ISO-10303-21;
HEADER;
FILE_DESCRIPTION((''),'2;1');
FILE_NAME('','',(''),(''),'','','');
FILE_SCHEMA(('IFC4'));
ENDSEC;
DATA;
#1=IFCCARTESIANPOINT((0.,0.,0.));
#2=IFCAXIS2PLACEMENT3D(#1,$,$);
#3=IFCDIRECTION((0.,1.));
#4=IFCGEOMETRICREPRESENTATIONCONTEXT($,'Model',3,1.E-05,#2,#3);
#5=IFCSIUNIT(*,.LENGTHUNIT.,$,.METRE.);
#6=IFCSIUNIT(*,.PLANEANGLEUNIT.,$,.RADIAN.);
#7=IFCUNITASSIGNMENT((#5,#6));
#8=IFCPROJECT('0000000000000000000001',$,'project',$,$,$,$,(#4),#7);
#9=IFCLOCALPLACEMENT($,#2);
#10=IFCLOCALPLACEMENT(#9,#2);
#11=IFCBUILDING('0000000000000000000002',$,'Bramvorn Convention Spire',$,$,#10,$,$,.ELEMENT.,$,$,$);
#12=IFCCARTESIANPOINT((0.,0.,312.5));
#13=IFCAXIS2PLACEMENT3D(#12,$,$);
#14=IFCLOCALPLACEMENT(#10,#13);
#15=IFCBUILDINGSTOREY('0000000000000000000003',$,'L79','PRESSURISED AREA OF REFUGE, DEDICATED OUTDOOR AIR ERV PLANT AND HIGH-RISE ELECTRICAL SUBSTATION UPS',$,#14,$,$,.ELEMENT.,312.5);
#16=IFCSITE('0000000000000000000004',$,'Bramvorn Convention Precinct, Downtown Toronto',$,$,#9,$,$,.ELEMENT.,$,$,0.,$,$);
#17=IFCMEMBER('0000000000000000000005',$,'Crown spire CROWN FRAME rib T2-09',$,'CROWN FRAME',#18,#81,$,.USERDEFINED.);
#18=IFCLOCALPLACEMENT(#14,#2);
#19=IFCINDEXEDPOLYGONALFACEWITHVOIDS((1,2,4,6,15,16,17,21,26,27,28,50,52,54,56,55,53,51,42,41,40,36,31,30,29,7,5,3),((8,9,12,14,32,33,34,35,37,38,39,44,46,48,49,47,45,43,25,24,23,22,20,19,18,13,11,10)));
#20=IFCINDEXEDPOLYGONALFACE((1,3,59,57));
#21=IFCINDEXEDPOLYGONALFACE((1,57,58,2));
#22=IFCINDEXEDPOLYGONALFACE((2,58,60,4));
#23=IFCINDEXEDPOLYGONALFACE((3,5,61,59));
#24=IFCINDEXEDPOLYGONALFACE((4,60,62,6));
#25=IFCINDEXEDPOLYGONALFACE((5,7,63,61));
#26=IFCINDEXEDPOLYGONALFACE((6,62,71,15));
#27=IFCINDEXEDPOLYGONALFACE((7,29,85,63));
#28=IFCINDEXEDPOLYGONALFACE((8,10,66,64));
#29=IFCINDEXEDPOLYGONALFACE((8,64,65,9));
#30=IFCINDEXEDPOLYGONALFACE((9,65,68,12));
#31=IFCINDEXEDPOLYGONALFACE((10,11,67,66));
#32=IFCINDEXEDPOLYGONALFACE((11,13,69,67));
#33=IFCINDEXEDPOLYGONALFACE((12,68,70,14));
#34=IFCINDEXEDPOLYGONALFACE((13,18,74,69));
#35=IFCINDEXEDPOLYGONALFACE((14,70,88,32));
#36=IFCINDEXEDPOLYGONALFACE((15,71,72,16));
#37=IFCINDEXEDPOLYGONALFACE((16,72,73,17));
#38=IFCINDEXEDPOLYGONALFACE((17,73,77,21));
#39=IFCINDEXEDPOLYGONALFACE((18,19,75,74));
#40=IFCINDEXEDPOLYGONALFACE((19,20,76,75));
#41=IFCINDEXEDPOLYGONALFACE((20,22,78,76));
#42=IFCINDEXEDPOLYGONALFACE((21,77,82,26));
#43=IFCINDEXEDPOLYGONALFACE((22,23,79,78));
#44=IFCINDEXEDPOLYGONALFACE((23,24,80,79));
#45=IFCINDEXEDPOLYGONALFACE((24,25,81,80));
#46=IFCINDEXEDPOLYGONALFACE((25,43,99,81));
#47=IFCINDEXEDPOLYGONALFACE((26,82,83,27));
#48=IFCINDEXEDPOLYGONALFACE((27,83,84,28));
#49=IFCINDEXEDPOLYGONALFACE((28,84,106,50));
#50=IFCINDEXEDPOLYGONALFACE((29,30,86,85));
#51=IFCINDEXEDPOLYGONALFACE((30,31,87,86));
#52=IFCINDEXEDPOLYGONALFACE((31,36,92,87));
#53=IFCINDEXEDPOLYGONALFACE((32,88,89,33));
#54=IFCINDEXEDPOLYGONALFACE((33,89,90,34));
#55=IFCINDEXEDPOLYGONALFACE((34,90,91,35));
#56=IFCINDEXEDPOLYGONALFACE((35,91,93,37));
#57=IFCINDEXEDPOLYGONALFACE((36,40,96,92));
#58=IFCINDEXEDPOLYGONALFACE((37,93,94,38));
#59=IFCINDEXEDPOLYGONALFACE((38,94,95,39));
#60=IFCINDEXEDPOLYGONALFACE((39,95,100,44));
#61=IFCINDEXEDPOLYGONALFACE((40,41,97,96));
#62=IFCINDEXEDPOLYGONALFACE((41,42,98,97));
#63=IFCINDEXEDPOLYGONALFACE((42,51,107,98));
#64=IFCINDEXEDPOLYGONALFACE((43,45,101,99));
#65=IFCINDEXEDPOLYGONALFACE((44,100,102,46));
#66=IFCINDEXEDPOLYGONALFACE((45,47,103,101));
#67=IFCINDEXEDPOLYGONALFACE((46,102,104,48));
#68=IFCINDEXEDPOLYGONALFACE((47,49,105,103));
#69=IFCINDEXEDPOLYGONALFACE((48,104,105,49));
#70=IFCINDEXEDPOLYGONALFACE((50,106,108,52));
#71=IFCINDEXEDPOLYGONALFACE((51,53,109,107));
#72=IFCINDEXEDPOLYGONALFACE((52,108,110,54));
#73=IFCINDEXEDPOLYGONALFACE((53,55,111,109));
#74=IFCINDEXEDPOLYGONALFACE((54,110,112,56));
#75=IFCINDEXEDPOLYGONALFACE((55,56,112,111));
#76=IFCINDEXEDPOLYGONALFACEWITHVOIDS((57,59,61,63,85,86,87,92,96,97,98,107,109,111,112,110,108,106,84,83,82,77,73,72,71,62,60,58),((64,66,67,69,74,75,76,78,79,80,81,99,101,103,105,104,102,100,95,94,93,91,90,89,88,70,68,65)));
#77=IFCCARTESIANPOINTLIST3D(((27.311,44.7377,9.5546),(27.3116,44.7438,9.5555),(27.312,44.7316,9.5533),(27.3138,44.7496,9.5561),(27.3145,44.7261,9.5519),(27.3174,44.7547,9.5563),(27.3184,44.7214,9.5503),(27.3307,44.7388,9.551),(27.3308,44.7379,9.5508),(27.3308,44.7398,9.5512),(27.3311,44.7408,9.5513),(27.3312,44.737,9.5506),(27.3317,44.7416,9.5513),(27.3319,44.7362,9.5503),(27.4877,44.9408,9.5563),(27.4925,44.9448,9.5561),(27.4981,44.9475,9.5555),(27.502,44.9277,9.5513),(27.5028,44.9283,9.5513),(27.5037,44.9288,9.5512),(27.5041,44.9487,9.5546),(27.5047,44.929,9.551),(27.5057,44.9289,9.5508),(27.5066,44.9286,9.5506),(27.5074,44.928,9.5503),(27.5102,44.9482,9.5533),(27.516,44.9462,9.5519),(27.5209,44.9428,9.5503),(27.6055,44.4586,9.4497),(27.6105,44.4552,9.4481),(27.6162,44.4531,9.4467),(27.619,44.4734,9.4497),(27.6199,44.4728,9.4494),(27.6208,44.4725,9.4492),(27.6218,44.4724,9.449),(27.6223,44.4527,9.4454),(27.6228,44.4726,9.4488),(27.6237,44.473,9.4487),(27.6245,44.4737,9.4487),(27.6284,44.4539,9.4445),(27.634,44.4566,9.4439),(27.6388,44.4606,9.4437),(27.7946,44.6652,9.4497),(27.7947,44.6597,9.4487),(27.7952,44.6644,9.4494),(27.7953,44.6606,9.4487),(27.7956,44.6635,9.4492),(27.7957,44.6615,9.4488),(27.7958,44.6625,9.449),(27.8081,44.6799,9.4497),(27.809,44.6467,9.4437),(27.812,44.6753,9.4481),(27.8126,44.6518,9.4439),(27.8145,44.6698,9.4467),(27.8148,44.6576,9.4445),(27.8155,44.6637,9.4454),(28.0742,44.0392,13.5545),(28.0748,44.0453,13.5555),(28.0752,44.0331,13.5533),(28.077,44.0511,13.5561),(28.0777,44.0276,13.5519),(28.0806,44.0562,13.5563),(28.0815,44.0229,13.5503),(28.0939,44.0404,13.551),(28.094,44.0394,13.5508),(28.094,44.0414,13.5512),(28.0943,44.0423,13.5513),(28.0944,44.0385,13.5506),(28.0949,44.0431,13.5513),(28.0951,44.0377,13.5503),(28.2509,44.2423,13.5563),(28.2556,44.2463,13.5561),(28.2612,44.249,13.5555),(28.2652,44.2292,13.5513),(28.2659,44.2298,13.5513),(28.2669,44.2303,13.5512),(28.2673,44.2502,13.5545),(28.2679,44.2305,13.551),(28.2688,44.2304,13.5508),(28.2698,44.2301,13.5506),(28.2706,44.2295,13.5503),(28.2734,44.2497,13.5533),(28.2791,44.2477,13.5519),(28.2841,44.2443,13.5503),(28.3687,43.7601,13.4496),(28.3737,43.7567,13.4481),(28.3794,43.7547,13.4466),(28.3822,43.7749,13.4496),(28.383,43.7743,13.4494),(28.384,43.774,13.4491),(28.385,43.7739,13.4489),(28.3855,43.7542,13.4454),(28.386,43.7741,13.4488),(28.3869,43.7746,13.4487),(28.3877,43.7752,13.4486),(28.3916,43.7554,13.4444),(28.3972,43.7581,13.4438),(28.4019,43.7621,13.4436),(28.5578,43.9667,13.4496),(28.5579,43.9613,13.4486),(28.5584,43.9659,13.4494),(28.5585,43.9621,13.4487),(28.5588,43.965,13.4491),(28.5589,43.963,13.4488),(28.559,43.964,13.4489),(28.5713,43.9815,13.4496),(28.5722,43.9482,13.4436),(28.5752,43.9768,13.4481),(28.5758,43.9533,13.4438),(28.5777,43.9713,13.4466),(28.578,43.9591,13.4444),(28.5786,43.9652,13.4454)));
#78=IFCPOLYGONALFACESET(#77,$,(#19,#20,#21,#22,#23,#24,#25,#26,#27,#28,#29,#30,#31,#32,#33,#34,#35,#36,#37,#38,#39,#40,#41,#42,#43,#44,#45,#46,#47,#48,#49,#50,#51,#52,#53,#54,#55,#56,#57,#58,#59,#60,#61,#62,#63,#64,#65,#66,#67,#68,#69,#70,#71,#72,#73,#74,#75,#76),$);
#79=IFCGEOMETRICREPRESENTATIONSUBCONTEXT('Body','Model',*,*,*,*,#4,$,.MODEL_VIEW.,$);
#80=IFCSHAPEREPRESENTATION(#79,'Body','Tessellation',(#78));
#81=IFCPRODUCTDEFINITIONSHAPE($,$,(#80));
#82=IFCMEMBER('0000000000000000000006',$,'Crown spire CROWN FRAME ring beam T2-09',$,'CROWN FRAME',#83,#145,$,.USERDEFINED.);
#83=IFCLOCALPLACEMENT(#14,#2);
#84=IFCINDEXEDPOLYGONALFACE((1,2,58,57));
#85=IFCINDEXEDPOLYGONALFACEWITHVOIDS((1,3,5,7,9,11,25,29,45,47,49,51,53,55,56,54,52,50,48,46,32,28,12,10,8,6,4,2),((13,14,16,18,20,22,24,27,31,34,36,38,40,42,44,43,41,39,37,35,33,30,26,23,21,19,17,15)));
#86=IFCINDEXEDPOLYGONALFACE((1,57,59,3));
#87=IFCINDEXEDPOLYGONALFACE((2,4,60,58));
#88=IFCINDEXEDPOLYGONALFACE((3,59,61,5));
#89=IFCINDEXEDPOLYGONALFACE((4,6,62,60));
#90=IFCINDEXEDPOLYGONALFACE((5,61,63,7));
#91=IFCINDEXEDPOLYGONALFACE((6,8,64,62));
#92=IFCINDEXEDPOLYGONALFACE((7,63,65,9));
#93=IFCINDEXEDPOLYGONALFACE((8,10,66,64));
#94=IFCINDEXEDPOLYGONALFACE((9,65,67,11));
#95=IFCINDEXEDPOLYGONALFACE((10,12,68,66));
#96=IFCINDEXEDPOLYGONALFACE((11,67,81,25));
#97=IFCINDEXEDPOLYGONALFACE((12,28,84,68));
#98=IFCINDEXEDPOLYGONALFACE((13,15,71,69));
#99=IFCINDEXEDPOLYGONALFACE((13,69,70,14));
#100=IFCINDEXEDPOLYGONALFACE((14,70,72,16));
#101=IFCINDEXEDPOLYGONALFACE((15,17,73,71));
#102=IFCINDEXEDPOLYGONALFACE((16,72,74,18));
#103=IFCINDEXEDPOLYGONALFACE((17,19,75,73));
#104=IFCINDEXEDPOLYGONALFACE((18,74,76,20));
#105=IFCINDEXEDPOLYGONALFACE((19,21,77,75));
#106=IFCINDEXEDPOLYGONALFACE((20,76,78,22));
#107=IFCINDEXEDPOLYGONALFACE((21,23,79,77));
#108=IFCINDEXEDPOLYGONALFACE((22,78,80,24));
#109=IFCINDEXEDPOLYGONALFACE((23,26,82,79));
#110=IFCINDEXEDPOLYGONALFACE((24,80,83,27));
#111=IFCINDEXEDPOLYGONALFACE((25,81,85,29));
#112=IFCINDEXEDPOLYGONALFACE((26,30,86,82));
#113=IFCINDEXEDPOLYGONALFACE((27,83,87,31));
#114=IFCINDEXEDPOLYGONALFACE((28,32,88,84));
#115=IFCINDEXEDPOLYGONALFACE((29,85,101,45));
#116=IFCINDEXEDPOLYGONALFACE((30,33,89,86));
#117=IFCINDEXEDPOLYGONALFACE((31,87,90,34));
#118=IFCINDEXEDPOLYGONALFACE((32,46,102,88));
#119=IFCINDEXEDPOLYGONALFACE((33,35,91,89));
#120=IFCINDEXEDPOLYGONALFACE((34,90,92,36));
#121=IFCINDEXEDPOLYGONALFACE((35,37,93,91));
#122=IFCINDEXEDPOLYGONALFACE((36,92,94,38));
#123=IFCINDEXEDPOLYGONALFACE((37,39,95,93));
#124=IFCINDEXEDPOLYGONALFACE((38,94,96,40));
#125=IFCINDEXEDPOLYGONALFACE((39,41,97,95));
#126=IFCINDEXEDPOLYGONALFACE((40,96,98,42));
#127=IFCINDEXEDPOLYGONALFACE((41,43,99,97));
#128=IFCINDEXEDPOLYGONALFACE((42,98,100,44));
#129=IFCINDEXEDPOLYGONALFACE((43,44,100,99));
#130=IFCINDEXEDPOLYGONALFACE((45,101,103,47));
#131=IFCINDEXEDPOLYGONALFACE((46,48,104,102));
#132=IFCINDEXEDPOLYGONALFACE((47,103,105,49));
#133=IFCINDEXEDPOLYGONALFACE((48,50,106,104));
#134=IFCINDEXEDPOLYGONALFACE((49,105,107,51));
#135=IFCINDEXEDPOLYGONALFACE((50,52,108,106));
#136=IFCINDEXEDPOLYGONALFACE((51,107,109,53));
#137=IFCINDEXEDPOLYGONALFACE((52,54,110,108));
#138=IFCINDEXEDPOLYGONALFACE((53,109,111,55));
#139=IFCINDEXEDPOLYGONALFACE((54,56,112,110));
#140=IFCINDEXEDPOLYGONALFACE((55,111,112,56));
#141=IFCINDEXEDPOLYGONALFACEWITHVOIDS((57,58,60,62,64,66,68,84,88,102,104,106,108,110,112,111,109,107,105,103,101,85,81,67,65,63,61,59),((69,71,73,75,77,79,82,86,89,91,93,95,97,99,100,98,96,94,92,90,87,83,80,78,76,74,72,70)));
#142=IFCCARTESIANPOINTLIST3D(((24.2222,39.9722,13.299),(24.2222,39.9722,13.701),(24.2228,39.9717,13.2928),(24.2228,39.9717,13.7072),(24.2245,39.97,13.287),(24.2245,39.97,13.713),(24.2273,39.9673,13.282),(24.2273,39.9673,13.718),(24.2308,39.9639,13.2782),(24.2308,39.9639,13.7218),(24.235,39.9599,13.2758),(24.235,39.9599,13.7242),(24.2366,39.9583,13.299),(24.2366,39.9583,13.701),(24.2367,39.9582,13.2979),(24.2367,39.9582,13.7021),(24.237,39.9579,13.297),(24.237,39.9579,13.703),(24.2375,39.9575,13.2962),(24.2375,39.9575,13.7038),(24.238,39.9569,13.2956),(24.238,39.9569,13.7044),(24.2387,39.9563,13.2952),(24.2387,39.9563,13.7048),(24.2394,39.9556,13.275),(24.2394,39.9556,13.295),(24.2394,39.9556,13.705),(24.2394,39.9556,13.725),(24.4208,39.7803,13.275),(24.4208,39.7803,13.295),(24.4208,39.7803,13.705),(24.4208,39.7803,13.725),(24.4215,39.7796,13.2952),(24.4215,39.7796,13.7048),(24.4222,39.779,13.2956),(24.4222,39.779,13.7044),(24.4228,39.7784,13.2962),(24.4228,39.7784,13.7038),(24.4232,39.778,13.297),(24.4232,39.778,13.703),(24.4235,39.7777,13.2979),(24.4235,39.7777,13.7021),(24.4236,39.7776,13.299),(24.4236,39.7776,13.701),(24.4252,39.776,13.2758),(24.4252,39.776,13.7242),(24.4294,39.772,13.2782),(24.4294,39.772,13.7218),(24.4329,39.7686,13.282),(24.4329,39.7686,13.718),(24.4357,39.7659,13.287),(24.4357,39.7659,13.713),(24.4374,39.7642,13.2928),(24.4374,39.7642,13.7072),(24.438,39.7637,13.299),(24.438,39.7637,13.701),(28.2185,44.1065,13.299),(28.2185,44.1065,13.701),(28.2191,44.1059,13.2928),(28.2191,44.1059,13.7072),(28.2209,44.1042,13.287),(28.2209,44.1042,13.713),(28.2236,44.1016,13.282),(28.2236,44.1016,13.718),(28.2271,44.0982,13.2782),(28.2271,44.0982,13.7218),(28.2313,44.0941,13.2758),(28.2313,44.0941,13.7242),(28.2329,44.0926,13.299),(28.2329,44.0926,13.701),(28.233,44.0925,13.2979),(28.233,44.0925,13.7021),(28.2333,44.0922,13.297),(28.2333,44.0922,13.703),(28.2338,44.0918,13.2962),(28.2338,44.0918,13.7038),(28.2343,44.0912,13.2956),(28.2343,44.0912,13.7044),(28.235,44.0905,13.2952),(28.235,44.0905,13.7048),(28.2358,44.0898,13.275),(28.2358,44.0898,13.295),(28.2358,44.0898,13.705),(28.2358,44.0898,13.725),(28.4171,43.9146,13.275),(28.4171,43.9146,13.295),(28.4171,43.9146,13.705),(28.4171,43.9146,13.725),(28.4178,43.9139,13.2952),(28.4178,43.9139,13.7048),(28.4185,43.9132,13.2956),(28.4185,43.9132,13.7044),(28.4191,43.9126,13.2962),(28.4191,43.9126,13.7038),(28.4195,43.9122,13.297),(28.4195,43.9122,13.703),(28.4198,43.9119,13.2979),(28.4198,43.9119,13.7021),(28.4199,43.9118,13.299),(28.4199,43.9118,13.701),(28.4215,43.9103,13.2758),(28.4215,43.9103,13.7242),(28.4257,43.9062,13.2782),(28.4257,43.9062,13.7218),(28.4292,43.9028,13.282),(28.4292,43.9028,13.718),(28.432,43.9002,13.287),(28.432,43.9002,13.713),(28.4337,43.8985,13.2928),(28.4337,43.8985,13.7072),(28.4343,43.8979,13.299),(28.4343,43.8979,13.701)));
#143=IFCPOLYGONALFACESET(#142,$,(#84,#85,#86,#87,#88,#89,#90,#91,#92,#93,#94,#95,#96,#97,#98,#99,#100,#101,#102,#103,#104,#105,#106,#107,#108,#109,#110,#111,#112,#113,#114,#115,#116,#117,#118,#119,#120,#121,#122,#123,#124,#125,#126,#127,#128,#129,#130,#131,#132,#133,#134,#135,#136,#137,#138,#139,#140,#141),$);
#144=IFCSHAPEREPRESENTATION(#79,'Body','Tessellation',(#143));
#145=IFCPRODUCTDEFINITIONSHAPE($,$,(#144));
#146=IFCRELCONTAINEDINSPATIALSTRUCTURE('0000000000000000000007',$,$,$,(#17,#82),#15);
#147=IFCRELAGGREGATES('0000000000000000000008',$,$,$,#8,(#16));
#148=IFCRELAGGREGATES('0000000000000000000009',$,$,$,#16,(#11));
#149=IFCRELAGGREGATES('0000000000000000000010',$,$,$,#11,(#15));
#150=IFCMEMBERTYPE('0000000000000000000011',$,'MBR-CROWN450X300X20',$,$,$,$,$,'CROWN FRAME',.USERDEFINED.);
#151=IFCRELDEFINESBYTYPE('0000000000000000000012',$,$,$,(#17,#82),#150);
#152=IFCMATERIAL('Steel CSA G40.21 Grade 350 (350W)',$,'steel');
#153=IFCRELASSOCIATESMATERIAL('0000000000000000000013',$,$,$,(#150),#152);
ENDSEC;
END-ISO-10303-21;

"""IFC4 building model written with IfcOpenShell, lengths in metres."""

from ifc_helpers import new_model, si_unit, direction, frame, origin, origin_2d, place, context, subcontext, project, spatial, hollow_rectangle, extrude, material, material_profile, profile_set, type_object, element, save


model = new_model("IFC4")

# Units and contexts
model_context = context("Model", 3, precision=1e-05, world=origin(), true_north=direction((0.0, 1.0)))
body_context = subcontext(model_context, "Body", "Model", "MODEL_VIEW")
ifc_project = project(units=[si_unit("LENGTHUNIT", "METRE"), si_unit("PLANEANGLEUNIT", "RADIAN")], contexts=[model_context])

# Site, building, storey
site_placement = place(None, origin())
site = spatial("IfcSite", under=ifc_project, at=site_placement, Name="Bramvorn Convention Precinct, Downtown Toronto", CompositionType="ELEMENT", RefElevation=0.0)
building_placement = place(site_placement, origin())
building = spatial("IfcBuilding", under=site, at=building_placement, Name="Bramvorn Convention Spire", CompositionType="ELEMENT")
storey_placement = place(building_placement, frame((0.0, 0.0, 312.5)))
storey = spatial("IfcBuildingStorey", under=building, at=storey_placement, Name="L79", Description="PRESSURISED AREA OF REFUGE, DEDICATED OUTDOOR AIR ERV PLANT AND HIGH-RISE ELECTRICAL SUBSTATION UPS", CompositionType="ELEMENT", Elevation=312.5)

# Shared definitions
ifc_material_1 = material(Name="Steel CSA G40.21 Grade 350 (350W)", Category="steel")

# Members
ifc_material_profile_1 = material_profile(ifc_material_1, hollow_rectangle(XDim=0.3, YDim=0.45, WallThickness=0.02, InnerFilletRadius=0.0039, OuterFilletRadius=0.0239, at=origin_2d()))
ifc_profile_set_1 = profile_set([ifc_material_profile_1], Name="Steel CSA G40.21 Grade 350 (350W) - CROWN450X300X20")
member_type = type_object("IfcMemberType", Name="MBR-CROWN450X300X20", ElementType="CROWN FRAME", PredefinedType="USERDEFINED", material=ifc_profile_set_1)
member_1_placement = place(storey_placement, frame((27.5632, 44.7007, 9.5), z_axis=(0.184717, -0.169058, 0.968142), x_axis=(0.675147, 0.737683, 0.0)))
element("IfcMember", 1, at=member_1_placement, inside=storey, type_object=member_type, Name="Crown spire CROWN FRAME rib T2-09", ObjectType="CROWN FRAME", PredefinedType="USERDEFINED", context=body_context, shape_type="SweptSolid", body=[
    extrude(hollow_rectangle(XDim=0.3, YDim=0.45, WallThickness=0.02, InnerFilletRadius=0.0039, OuterFilletRadius=0.0239, at=origin_2d()), origin(), (0.0, 0.0, 1.0), 4.1316),
])
member_2_placement = place(storey_placement, frame((28.3264, 44.0022, 13.5), z_axis=(-0.69501, -0.719, 0.0), x_axis=(0.719, -0.69501, 0.0)))
element("IfcMember", 2, at=member_2_placement, inside=storey, type_object=member_type, Name="Crown spire CROWN FRAME ring beam T2-09", ObjectType="CROWN FRAME", PredefinedType="USERDEFINED", context=body_context, shape_type="SweptSolid", body=[
    extrude(hollow_rectangle(XDim=0.3, YDim=0.45, WallThickness=0.02, InnerFilletRadius=0.0039, OuterFilletRadius=0.0239, at=origin_2d()), origin(), (0.0, 0.0, 1.0), 5.75),
])

save(model, "model.ifc")
